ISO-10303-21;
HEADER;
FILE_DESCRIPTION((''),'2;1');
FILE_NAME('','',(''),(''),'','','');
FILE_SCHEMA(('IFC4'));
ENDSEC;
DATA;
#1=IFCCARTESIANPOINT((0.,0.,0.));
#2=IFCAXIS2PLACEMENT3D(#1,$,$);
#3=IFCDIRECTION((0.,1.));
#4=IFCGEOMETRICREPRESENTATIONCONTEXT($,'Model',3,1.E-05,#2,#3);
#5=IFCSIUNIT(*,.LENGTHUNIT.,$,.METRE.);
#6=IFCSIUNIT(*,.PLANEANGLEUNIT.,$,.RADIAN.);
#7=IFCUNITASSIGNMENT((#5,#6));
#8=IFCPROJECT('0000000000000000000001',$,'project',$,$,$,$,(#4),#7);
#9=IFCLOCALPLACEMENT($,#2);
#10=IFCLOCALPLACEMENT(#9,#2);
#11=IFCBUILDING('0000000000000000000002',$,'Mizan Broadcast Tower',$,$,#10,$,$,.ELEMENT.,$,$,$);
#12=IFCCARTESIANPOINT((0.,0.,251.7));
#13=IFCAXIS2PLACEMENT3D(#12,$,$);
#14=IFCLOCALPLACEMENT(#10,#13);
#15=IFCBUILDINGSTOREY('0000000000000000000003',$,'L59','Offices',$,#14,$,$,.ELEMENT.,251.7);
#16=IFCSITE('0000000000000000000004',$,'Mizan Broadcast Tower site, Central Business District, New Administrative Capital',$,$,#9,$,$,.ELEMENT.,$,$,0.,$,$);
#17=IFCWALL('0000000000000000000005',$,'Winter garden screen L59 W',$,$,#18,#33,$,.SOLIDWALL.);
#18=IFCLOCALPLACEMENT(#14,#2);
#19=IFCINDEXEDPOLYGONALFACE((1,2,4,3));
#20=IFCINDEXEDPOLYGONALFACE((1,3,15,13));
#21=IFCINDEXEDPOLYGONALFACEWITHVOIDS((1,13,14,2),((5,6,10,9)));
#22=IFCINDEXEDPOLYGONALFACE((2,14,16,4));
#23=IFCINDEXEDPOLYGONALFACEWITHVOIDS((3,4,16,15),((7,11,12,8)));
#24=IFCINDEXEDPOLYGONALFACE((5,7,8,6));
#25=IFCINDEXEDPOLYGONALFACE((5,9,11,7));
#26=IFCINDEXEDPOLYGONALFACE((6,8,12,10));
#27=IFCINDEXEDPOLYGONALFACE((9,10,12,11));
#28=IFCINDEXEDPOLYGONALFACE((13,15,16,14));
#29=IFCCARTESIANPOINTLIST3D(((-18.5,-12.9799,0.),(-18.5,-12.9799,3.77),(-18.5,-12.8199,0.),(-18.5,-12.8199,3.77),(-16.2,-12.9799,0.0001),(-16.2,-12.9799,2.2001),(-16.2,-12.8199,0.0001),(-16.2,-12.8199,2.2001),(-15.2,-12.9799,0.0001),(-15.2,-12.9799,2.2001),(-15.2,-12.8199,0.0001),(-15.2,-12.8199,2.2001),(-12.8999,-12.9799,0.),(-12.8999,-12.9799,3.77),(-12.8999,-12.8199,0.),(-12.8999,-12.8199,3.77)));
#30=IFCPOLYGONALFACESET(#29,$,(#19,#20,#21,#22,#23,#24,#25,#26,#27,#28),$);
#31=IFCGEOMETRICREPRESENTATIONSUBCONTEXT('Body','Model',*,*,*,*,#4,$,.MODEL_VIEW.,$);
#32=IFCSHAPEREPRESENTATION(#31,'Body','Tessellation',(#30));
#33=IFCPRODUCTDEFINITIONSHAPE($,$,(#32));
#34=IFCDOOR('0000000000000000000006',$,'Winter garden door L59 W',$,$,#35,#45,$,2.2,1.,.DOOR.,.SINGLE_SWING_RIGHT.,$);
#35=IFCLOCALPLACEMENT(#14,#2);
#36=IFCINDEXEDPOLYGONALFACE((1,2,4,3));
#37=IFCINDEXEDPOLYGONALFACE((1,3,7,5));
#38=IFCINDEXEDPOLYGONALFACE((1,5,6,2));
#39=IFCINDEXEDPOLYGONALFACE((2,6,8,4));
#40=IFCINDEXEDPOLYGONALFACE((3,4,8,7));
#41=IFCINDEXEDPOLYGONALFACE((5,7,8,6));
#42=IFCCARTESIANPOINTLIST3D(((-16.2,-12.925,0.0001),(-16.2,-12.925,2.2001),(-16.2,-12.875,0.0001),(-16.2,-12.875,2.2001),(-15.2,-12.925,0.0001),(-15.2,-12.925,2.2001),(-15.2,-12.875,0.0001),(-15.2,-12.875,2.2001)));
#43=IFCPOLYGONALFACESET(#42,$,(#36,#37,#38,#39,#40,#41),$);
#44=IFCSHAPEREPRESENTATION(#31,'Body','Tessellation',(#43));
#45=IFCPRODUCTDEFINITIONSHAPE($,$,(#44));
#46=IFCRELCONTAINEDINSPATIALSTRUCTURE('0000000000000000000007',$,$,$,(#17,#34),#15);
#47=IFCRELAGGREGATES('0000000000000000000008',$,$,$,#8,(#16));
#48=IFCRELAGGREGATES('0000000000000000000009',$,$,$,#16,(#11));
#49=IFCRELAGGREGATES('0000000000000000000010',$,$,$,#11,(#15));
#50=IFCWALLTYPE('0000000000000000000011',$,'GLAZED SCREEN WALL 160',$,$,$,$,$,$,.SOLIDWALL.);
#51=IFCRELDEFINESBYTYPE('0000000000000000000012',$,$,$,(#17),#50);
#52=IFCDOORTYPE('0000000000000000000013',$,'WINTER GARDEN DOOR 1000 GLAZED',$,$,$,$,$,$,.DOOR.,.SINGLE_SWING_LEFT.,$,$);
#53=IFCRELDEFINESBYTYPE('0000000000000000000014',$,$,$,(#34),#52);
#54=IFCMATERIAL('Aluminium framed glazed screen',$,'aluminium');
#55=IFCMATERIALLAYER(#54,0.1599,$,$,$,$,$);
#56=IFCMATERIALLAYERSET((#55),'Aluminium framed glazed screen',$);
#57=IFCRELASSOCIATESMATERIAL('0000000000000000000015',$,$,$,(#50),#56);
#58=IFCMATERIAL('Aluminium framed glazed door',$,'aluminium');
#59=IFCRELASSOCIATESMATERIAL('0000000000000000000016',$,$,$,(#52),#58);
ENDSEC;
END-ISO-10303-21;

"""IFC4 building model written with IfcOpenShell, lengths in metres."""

from ifc_helpers import new_model, si_unit, direction, frame, frame_2d, origin, place, context, subcontext, project, spatial, rectangle, extrude, material, layer, layer_set, type_object, element, fill, save


model = new_model("IFC4")

# Units and contexts
model_context = context("Model", 3, precision=1e-05, world=origin(), true_north=direction((0.0, 1.0)))
body_context = subcontext(model_context, "Body", "Model", "MODEL_VIEW")
ifc_project = project(units=[si_unit("LENGTHUNIT", "METRE"), si_unit("PLANEANGLEUNIT", "RADIAN")], contexts=[model_context])

# Site, building, storey
site_placement = place(None, origin())
site = spatial("IfcSite", under=ifc_project, at=site_placement, Name="Mizan Broadcast Tower site, Central Business District, New Administrative Capital", CompositionType="ELEMENT", RefElevation=0.0)
building_placement = place(site_placement, origin())
building = spatial("IfcBuilding", under=site, at=building_placement, Name="Mizan Broadcast Tower", CompositionType="ELEMENT")
storey_placement = place(building_placement, frame((0.0, 0.0, 251.7)))
storey = spatial("IfcBuildingStorey", under=building, at=storey_placement, Name="L59", Description="Offices", CompositionType="ELEMENT", Elevation=251.7)

# Wall, opening, door
ifc_material_1 = material(Name="Aluminium framed glazed screen", Category="aluminium")
ifc_layer_1 = layer(ifc_material_1, 0.1599)
ifc_layer_set_1 = layer_set([ifc_layer_1], Name="Aluminium framed glazed screen")
wall_type = type_object("IfcWallType", Name="GLAZED SCREEN WALL 160", PredefinedType="SOLIDWALL", material=ifc_layer_set_1)
wall_placement = place(storey_placement, frame((-18.5, -12.8999, 0.0), z_axis=(0.0, 0.0, 1.0), x_axis=(1.0, 0.0, 0.0)))
wall = element("IfcWall", 1, at=wall_placement, inside=storey, type_object=wall_type, Name="Winter garden screen L59 W", PredefinedType="SOLIDWALL", context=body_context, shape_type="SweptSolid", body=[
    extrude(rectangle(XDim=5.6001, YDim=0.1599, at=frame_2d((2.8, 0.0))), origin(), (0.0, 0.0, 1.0), 3.77),
])
opening_placement = place(wall_placement, frame((2.3, 0.0, 0.0)))
opening = element("IfcOpeningElement", 2, at=opening_placement, cuts=wall, PredefinedType="OPENING", context=body_context, shape_type="SweptSolid", body=[
    extrude(rectangle(XDim=1.0, YDim=2.2, at=frame_2d((0.5, 1.1001))), frame((0.0, 0.0898, 0.0), z_axis=(0.0, -1.0, 0.0), x_axis=(1.0, 0.0, 0.0)), (0.0, 0.0, 1.0), 0.1799),
])
ifc_material_2 = material(Name="Aluminium framed glazed door", Category="aluminium")
door_type = type_object("IfcDoorType", Name="WINTER GARDEN DOOR 1000 GLAZED", OperationType="SINGLE_SWING_LEFT", PredefinedType="DOOR", material=ifc_material_2)
door_placement = place(opening_placement, origin())
door = element("IfcDoor", 3, at=door_placement, inside=storey, type_object=door_type, Name="Winter garden door L59 W", OperationType="SINGLE_SWING_RIGHT", OverallHeight=2.2, OverallWidth=1.0, PredefinedType="DOOR", context=body_context, shape_type="SweptSolid", body=[
    extrude(rectangle(XDim=1.0, YDim=2.2, at=frame_2d((0.5, 1.1001))), frame((0.0, 0.0249, 0.0), z_axis=(0.0, -1.0, 0.0), x_axis=(1.0, 0.0, 0.0)), (0.0, 0.0, 1.0), 0.05),
])
fill(opening, door)

save(model, "model.ifc")
